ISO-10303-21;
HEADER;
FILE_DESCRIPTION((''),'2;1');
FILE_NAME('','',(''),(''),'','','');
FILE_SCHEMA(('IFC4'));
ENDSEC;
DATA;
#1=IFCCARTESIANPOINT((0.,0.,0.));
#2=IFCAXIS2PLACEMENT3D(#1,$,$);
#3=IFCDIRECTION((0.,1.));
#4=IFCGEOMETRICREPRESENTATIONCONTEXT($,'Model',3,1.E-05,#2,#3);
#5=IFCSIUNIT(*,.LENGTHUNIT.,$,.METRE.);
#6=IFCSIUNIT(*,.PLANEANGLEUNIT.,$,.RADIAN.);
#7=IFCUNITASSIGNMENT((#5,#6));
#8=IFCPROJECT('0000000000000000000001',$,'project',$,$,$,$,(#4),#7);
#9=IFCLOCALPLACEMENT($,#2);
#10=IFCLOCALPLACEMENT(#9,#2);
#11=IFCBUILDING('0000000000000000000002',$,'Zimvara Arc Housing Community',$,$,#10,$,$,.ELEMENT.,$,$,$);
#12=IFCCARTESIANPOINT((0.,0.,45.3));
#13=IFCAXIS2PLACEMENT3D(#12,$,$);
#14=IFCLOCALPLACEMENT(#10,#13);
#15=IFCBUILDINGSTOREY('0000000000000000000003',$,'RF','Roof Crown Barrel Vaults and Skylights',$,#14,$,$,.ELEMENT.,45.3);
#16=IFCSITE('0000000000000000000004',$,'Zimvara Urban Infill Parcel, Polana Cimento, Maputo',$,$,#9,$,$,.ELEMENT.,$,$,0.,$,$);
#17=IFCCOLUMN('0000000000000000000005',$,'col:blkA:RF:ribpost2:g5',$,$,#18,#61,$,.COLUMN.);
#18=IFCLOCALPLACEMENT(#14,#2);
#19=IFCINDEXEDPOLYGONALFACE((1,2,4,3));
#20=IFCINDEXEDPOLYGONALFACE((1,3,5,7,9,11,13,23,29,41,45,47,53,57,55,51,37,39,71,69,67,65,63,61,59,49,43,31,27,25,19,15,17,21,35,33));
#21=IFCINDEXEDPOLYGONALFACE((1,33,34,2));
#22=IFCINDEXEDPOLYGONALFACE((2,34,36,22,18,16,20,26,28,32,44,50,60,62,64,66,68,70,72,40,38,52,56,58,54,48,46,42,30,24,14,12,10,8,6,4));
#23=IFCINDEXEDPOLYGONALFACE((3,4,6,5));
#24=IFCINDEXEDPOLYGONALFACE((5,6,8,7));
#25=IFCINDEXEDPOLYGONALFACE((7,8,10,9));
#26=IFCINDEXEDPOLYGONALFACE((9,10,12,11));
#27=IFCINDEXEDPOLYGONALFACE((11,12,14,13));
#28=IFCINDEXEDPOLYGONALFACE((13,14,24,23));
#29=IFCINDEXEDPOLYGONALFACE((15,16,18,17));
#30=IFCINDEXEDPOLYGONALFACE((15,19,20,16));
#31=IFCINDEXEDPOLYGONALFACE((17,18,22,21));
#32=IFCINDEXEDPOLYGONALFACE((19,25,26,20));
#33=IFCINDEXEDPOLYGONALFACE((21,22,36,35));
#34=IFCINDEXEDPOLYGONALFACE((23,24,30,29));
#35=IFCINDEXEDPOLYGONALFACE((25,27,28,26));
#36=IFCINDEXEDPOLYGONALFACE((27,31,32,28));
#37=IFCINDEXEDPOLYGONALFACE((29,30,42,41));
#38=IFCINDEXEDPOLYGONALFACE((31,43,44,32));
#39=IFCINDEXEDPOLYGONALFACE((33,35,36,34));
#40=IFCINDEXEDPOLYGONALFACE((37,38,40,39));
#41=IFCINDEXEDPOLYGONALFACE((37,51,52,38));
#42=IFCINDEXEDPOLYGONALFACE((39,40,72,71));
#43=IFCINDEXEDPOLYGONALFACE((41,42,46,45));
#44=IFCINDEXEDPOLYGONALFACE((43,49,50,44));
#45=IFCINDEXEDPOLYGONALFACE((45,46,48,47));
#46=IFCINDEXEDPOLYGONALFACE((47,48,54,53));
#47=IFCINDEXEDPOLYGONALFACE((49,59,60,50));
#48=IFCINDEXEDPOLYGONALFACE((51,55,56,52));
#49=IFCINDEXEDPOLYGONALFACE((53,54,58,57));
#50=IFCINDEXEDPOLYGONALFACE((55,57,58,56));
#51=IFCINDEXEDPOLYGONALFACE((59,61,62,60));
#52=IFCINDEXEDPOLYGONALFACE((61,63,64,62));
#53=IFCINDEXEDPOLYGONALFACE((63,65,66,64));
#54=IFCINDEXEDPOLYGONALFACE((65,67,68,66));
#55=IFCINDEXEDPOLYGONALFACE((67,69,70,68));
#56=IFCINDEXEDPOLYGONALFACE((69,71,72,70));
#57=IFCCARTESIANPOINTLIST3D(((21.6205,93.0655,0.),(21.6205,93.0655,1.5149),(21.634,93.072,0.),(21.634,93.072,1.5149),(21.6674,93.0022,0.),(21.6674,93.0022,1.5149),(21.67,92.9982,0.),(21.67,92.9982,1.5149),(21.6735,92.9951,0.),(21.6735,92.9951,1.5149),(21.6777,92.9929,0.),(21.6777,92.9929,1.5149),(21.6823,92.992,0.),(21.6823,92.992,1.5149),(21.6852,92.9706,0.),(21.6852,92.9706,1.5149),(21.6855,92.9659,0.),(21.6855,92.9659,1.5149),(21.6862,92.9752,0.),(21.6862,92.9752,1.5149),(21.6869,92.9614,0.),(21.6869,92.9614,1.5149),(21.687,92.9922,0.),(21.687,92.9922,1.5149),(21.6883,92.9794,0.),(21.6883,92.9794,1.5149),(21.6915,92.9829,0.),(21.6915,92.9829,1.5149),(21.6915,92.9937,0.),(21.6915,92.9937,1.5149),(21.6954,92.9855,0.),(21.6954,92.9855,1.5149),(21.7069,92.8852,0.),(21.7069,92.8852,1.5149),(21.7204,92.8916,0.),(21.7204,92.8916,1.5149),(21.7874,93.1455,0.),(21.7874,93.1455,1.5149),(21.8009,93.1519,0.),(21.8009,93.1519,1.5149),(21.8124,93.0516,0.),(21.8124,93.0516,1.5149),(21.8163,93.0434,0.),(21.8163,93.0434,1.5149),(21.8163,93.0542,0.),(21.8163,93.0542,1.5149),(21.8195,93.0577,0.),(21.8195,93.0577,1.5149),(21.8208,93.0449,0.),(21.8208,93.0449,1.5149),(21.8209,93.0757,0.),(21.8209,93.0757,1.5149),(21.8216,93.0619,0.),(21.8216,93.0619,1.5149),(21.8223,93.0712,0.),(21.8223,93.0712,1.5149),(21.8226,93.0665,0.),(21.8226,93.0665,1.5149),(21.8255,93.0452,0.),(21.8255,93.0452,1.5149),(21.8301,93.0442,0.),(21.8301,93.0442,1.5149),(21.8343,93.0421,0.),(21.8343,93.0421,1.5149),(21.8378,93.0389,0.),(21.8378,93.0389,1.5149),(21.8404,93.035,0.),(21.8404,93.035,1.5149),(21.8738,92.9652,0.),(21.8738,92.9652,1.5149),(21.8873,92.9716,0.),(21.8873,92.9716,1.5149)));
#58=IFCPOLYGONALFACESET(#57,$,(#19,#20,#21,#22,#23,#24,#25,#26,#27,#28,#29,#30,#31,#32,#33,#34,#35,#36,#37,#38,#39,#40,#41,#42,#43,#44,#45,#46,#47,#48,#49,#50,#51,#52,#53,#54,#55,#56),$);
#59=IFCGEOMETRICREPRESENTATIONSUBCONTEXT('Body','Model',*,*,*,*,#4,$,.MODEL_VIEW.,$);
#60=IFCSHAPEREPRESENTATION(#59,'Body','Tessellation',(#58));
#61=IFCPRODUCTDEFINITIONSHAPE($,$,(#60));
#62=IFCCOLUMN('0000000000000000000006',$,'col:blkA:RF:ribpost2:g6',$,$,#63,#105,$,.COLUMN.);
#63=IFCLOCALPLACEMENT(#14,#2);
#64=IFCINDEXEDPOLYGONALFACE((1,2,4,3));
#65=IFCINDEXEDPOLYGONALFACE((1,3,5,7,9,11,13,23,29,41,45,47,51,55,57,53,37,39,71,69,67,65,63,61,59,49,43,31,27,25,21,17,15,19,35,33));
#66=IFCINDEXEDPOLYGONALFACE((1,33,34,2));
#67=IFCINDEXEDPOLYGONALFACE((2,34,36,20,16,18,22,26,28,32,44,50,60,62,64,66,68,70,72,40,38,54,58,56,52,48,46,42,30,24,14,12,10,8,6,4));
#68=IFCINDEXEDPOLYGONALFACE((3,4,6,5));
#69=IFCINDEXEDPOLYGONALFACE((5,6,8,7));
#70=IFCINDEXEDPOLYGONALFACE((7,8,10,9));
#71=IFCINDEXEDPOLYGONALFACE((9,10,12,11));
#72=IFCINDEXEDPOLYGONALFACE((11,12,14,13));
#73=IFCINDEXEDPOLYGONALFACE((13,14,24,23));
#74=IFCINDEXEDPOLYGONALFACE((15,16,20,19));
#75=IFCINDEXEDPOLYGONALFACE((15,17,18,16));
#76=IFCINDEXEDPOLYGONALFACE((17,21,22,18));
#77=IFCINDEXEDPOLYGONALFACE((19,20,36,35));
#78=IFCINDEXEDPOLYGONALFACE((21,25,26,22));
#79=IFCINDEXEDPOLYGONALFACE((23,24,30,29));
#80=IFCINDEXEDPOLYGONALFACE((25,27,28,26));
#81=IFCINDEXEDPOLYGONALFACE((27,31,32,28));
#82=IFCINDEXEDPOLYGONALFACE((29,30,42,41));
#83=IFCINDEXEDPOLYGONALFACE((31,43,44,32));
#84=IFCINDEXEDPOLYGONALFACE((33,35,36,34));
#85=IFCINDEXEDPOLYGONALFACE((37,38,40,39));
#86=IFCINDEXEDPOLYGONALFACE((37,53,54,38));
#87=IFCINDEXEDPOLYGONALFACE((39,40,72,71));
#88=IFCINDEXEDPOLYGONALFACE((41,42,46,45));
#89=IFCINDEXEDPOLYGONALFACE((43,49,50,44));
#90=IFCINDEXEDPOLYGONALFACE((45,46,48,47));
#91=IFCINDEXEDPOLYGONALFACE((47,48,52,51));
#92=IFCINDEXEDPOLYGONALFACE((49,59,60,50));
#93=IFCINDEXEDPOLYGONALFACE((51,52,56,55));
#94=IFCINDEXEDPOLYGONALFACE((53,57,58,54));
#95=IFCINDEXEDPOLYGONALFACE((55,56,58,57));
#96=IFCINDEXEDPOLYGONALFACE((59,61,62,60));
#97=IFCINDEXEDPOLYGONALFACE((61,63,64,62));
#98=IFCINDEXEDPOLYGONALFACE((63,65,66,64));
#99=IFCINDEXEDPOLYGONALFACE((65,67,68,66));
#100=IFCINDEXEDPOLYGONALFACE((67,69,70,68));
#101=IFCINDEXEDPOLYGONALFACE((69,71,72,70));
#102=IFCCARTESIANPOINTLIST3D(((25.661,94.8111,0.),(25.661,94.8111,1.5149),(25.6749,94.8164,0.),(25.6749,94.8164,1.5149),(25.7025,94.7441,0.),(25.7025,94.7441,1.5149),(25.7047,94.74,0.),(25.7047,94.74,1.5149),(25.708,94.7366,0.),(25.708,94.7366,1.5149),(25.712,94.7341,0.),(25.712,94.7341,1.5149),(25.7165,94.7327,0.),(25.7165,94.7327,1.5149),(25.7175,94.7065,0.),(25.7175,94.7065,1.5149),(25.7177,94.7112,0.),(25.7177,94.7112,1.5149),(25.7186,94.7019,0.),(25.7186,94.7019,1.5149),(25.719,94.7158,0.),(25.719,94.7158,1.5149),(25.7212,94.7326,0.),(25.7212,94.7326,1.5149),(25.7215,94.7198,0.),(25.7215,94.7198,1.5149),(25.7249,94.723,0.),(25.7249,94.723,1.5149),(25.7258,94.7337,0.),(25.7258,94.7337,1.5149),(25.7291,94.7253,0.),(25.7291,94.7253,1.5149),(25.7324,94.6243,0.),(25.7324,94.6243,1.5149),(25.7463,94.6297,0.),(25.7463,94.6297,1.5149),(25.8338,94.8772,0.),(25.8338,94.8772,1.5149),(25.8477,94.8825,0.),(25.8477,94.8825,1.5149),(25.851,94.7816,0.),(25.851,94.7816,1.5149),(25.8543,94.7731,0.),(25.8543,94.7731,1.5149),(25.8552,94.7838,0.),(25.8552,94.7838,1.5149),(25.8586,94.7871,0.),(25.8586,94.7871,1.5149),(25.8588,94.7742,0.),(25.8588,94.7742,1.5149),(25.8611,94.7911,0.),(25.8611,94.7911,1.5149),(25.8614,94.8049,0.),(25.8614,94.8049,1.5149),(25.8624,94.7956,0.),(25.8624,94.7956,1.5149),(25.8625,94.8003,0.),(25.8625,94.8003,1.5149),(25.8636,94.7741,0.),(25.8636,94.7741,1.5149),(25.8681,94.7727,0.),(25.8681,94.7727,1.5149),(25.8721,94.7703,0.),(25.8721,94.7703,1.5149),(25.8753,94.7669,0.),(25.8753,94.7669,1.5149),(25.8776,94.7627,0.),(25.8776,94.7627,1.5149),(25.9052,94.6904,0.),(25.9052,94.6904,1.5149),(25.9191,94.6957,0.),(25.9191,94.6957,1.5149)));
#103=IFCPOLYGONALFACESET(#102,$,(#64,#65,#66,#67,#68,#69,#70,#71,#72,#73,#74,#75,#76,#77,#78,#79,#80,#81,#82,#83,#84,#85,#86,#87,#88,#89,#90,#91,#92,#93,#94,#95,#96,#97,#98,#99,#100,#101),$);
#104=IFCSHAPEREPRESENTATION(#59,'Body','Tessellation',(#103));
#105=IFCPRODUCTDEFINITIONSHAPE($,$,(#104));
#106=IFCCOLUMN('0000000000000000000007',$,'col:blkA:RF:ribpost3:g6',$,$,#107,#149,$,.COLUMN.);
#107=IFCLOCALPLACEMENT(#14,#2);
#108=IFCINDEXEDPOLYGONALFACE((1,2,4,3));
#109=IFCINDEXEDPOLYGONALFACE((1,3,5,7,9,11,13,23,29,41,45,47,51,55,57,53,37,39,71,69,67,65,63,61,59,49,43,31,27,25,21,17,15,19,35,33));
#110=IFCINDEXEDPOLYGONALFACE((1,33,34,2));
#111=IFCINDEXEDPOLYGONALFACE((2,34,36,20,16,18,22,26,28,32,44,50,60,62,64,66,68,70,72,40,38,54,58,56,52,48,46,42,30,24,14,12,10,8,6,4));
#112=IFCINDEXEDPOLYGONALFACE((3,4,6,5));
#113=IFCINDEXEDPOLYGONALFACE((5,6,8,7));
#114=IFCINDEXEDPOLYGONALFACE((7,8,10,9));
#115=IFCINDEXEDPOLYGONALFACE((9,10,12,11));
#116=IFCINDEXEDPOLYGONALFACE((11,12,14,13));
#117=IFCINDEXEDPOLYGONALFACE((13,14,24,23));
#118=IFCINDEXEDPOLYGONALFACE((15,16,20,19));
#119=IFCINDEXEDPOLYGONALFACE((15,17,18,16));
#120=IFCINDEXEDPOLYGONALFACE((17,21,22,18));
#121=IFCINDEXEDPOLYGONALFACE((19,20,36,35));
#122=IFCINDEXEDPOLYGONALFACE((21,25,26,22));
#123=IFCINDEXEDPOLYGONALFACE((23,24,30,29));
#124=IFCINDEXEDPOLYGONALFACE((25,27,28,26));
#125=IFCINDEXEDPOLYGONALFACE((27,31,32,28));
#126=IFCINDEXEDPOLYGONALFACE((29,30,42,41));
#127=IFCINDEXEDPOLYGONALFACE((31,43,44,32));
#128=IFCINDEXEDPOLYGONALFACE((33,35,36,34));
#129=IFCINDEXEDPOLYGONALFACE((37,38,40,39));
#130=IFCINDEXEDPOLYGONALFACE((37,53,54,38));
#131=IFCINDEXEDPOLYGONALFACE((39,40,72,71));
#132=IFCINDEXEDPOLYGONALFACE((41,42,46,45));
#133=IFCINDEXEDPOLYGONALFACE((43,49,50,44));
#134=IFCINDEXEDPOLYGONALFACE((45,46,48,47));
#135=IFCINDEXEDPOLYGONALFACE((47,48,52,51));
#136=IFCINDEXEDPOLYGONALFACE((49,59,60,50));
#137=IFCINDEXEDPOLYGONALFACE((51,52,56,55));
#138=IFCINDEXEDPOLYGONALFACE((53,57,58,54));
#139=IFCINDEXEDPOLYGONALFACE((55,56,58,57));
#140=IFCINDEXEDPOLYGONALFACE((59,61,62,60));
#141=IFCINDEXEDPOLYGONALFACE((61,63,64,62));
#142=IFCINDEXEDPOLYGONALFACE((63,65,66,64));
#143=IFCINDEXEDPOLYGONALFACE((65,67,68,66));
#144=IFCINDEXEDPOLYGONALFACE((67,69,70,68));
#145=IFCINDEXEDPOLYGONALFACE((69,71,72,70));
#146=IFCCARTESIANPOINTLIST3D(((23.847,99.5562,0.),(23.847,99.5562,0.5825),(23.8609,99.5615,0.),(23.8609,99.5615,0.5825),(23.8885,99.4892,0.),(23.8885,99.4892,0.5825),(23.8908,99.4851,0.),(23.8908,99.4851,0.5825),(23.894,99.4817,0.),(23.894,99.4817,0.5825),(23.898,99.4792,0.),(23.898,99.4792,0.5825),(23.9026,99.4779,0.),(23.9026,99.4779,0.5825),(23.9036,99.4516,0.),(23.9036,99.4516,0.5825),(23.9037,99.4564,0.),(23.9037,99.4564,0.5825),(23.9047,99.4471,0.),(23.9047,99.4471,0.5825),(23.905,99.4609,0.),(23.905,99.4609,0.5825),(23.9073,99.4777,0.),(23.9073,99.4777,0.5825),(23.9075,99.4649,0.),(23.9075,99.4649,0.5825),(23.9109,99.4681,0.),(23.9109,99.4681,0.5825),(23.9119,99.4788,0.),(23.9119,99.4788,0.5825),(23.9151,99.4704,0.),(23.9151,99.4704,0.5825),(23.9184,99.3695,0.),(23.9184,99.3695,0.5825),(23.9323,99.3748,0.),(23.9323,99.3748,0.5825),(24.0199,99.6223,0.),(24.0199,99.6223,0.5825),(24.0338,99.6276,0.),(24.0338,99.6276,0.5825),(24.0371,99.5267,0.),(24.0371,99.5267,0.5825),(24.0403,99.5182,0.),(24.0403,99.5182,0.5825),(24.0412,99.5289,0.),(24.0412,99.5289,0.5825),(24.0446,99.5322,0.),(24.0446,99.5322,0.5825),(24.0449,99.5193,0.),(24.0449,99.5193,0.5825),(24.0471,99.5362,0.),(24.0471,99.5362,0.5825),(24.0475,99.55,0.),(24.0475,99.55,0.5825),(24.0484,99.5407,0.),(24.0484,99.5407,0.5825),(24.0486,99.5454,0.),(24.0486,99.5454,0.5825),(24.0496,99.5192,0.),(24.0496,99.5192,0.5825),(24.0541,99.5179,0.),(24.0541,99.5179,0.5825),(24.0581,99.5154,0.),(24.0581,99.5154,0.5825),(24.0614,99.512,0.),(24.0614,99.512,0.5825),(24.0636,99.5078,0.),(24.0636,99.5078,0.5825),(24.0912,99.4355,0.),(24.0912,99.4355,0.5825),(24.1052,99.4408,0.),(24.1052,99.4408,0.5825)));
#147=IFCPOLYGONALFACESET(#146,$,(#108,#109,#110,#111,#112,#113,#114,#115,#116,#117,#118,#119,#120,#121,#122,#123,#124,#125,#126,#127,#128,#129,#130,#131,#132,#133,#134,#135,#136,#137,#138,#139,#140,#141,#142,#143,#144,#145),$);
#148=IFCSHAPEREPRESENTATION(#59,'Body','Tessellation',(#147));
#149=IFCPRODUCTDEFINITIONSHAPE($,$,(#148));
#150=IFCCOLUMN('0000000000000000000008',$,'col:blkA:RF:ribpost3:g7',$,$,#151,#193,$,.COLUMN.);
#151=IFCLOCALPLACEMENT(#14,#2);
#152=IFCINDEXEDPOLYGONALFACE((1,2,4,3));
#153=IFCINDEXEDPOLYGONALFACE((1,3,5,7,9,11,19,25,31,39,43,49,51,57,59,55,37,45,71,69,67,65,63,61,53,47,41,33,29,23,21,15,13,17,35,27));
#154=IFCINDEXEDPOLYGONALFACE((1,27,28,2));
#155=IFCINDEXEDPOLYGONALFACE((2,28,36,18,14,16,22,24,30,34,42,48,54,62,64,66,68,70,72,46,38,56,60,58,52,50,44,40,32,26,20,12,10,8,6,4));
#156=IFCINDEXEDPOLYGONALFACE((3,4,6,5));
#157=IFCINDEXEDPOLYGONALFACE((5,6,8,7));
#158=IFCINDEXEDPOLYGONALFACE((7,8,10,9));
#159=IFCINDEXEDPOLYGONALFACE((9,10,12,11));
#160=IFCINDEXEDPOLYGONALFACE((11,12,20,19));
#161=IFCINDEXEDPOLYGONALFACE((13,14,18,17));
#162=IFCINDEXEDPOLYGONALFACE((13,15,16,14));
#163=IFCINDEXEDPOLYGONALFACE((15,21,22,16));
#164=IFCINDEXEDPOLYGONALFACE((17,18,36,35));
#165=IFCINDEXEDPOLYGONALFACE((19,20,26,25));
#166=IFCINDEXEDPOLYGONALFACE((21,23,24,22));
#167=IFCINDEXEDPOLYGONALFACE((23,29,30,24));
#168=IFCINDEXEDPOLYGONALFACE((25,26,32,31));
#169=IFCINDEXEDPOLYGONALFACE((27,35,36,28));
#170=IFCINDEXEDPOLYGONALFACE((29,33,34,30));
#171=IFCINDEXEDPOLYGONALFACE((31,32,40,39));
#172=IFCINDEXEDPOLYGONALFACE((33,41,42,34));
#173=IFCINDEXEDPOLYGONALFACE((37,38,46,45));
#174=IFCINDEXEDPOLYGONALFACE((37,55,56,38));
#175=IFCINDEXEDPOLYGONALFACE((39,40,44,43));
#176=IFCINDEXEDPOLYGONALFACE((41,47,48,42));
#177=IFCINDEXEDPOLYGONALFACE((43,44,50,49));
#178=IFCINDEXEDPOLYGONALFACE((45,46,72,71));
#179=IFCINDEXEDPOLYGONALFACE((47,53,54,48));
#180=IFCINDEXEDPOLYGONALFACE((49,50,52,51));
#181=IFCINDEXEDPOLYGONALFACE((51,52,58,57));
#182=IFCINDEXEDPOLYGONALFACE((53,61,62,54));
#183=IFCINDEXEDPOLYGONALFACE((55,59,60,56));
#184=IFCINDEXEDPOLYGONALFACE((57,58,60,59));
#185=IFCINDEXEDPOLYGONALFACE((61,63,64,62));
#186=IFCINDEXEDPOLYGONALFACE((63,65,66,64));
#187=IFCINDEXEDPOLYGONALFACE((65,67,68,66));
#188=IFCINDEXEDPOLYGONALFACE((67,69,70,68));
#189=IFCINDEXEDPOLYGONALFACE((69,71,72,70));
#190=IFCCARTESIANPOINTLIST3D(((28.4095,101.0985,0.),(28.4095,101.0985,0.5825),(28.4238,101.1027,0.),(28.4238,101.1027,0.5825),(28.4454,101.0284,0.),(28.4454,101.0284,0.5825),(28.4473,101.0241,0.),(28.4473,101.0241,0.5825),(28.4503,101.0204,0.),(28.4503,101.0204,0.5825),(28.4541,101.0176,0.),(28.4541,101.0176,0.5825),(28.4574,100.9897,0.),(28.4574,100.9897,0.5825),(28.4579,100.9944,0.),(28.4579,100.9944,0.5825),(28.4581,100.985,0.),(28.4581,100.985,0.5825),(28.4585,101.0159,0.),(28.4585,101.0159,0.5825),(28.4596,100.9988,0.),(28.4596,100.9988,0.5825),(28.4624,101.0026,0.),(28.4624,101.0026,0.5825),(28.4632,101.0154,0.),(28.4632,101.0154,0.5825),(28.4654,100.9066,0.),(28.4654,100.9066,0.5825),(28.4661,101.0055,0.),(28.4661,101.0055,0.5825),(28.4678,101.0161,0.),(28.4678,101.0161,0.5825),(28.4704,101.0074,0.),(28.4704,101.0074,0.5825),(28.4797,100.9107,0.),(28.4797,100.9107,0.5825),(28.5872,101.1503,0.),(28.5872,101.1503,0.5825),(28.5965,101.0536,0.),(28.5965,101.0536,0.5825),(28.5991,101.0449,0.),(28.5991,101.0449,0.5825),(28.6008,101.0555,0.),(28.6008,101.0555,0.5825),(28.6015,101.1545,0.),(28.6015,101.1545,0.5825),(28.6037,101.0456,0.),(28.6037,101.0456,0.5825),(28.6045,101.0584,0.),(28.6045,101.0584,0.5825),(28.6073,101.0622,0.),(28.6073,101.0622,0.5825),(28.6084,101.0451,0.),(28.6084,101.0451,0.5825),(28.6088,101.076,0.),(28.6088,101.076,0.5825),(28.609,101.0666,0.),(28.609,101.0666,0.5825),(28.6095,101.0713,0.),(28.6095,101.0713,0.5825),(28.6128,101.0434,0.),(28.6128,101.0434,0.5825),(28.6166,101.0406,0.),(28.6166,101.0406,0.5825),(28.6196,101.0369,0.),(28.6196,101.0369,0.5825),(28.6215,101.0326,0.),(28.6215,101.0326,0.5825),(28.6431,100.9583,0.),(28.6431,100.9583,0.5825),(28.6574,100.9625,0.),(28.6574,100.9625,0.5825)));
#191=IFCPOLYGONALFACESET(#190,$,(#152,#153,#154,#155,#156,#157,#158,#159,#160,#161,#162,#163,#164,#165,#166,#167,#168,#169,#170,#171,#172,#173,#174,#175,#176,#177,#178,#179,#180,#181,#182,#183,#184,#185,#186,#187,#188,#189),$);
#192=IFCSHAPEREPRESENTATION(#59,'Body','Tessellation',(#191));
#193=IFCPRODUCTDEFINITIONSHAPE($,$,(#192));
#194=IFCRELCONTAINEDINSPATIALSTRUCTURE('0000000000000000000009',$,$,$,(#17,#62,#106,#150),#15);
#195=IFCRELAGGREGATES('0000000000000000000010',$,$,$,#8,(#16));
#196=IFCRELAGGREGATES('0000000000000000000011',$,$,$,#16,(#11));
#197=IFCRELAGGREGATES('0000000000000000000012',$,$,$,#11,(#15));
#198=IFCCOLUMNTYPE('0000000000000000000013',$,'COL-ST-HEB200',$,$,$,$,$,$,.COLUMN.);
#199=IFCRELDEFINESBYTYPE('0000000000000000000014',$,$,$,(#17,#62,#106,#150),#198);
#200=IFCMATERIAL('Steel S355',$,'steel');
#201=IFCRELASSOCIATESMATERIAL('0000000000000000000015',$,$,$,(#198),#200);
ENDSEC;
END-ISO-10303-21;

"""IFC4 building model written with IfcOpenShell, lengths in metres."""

from ifc_helpers import new_model, si_unit, direction, frame, origin, origin_2d, place, context, subcontext, project, spatial, i_section, extrude, material, material_profile, profile_set, type_object, element, save


model = new_model("IFC4")

# Units and contexts
model_context = context("Model", 3, precision=1e-05, world=origin(), true_north=direction((0.0, 1.0)))
body_context = subcontext(model_context, "Body", "Model", "MODEL_VIEW")
ifc_project = project(units=[si_unit("LENGTHUNIT", "METRE"), si_unit("PLANEANGLEUNIT", "RADIAN")], contexts=[model_context])

# Site, building, storey
site_placement = place(None, origin())
site = spatial("IfcSite", under=ifc_project, at=site_placement, Name="Zimvara Urban Infill Parcel, Polana Cimento, Maputo", CompositionType="ELEMENT", RefElevation=0.0)
building_placement = place(site_placement, origin())
building = spatial("IfcBuilding", under=site, at=building_placement, Name="Zimvara Arc Housing Community", CompositionType="ELEMENT")
storey_placement = place(building_placement, frame((0.0, 0.0, 45.3)))
storey = spatial("IfcBuildingStorey", under=building, at=storey_placement, Name="RF", Description="Roof Crown Barrel Vaults and Skylights", CompositionType="ELEMENT", Elevation=45.3)

# Columns
ifc_material_1 = material(Name="Steel S355", Category="steel")
ifc_material_profile_1 = material_profile(ifc_material_1, i_section(OverallWidth=0.2, OverallDepth=0.2, WebThickness=0.009, FlangeThickness=0.0149, FilletRadius=0.0181, at=origin_2d()), Name="HEB 200")
ifc_profile_set_1 = profile_set([ifc_material_profile_1], Name="Steel S355")
column_type = type_object("IfcColumnType", Name="COL-ST-HEB200", PredefinedType="COLUMN", material=ifc_profile_set_1)
for number, where, z_axis, x_axis, name in (
    (1, (21.7539, 93.0186, 0.0), (0.0, 0.0, 1.0), (-0.432086, 0.901833, 0.0), "col:blkA:RF:ribpost2:g5"),
    (2, (25.79, 94.7534, 0.0), (0.0, 0.0, 1.0), (-0.357064, 0.93408, 0.0), "col:blkA:RF:ribpost2:g6"),
):
    element("IfcColumn", number, at=place(storey_placement, frame(where, z_axis=z_axis, x_axis=x_axis)), inside=storey, type_object=column_type, Name=name, PredefinedType="COLUMN", context=body_context, shape_type="SweptSolid", body=[
        extrude(i_section(OverallWidth=0.2, OverallDepth=0.2, WebThickness=0.009, FlangeThickness=0.0149, FilletRadius=0.0181, at=origin_2d()), origin(), (0.0, 0.0, 1.0), 1.5149),
    ])
for number, where, z_axis, x_axis, name in (
    (3, (23.9761, 99.4985, 0.0), (0.0, 0.0, 1.0), (-0.357064, 0.93408, 0.0), "col:blkA:RF:ribpost3:g6"),
    (4, (28.5334, 101.0305, 0.0), (0.0, 0.0, 1.0), (-0.279661, 0.960099, 0.0), "col:blkA:RF:ribpost3:g7"),
):
    element("IfcColumn", number, at=place(storey_placement, frame(where, z_axis=z_axis, x_axis=x_axis)), inside=storey, type_object=column_type, Name=name, PredefinedType="COLUMN", context=body_context, shape_type="SweptSolid", body=[
        extrude(i_section(OverallWidth=0.2, OverallDepth=0.2, WebThickness=0.009, FlangeThickness=0.0149, FilletRadius=0.0181, at=origin_2d()), origin(), (0.0, 0.0, 1.0), 0.5825),
    ])

save(model, "model.ifc")
